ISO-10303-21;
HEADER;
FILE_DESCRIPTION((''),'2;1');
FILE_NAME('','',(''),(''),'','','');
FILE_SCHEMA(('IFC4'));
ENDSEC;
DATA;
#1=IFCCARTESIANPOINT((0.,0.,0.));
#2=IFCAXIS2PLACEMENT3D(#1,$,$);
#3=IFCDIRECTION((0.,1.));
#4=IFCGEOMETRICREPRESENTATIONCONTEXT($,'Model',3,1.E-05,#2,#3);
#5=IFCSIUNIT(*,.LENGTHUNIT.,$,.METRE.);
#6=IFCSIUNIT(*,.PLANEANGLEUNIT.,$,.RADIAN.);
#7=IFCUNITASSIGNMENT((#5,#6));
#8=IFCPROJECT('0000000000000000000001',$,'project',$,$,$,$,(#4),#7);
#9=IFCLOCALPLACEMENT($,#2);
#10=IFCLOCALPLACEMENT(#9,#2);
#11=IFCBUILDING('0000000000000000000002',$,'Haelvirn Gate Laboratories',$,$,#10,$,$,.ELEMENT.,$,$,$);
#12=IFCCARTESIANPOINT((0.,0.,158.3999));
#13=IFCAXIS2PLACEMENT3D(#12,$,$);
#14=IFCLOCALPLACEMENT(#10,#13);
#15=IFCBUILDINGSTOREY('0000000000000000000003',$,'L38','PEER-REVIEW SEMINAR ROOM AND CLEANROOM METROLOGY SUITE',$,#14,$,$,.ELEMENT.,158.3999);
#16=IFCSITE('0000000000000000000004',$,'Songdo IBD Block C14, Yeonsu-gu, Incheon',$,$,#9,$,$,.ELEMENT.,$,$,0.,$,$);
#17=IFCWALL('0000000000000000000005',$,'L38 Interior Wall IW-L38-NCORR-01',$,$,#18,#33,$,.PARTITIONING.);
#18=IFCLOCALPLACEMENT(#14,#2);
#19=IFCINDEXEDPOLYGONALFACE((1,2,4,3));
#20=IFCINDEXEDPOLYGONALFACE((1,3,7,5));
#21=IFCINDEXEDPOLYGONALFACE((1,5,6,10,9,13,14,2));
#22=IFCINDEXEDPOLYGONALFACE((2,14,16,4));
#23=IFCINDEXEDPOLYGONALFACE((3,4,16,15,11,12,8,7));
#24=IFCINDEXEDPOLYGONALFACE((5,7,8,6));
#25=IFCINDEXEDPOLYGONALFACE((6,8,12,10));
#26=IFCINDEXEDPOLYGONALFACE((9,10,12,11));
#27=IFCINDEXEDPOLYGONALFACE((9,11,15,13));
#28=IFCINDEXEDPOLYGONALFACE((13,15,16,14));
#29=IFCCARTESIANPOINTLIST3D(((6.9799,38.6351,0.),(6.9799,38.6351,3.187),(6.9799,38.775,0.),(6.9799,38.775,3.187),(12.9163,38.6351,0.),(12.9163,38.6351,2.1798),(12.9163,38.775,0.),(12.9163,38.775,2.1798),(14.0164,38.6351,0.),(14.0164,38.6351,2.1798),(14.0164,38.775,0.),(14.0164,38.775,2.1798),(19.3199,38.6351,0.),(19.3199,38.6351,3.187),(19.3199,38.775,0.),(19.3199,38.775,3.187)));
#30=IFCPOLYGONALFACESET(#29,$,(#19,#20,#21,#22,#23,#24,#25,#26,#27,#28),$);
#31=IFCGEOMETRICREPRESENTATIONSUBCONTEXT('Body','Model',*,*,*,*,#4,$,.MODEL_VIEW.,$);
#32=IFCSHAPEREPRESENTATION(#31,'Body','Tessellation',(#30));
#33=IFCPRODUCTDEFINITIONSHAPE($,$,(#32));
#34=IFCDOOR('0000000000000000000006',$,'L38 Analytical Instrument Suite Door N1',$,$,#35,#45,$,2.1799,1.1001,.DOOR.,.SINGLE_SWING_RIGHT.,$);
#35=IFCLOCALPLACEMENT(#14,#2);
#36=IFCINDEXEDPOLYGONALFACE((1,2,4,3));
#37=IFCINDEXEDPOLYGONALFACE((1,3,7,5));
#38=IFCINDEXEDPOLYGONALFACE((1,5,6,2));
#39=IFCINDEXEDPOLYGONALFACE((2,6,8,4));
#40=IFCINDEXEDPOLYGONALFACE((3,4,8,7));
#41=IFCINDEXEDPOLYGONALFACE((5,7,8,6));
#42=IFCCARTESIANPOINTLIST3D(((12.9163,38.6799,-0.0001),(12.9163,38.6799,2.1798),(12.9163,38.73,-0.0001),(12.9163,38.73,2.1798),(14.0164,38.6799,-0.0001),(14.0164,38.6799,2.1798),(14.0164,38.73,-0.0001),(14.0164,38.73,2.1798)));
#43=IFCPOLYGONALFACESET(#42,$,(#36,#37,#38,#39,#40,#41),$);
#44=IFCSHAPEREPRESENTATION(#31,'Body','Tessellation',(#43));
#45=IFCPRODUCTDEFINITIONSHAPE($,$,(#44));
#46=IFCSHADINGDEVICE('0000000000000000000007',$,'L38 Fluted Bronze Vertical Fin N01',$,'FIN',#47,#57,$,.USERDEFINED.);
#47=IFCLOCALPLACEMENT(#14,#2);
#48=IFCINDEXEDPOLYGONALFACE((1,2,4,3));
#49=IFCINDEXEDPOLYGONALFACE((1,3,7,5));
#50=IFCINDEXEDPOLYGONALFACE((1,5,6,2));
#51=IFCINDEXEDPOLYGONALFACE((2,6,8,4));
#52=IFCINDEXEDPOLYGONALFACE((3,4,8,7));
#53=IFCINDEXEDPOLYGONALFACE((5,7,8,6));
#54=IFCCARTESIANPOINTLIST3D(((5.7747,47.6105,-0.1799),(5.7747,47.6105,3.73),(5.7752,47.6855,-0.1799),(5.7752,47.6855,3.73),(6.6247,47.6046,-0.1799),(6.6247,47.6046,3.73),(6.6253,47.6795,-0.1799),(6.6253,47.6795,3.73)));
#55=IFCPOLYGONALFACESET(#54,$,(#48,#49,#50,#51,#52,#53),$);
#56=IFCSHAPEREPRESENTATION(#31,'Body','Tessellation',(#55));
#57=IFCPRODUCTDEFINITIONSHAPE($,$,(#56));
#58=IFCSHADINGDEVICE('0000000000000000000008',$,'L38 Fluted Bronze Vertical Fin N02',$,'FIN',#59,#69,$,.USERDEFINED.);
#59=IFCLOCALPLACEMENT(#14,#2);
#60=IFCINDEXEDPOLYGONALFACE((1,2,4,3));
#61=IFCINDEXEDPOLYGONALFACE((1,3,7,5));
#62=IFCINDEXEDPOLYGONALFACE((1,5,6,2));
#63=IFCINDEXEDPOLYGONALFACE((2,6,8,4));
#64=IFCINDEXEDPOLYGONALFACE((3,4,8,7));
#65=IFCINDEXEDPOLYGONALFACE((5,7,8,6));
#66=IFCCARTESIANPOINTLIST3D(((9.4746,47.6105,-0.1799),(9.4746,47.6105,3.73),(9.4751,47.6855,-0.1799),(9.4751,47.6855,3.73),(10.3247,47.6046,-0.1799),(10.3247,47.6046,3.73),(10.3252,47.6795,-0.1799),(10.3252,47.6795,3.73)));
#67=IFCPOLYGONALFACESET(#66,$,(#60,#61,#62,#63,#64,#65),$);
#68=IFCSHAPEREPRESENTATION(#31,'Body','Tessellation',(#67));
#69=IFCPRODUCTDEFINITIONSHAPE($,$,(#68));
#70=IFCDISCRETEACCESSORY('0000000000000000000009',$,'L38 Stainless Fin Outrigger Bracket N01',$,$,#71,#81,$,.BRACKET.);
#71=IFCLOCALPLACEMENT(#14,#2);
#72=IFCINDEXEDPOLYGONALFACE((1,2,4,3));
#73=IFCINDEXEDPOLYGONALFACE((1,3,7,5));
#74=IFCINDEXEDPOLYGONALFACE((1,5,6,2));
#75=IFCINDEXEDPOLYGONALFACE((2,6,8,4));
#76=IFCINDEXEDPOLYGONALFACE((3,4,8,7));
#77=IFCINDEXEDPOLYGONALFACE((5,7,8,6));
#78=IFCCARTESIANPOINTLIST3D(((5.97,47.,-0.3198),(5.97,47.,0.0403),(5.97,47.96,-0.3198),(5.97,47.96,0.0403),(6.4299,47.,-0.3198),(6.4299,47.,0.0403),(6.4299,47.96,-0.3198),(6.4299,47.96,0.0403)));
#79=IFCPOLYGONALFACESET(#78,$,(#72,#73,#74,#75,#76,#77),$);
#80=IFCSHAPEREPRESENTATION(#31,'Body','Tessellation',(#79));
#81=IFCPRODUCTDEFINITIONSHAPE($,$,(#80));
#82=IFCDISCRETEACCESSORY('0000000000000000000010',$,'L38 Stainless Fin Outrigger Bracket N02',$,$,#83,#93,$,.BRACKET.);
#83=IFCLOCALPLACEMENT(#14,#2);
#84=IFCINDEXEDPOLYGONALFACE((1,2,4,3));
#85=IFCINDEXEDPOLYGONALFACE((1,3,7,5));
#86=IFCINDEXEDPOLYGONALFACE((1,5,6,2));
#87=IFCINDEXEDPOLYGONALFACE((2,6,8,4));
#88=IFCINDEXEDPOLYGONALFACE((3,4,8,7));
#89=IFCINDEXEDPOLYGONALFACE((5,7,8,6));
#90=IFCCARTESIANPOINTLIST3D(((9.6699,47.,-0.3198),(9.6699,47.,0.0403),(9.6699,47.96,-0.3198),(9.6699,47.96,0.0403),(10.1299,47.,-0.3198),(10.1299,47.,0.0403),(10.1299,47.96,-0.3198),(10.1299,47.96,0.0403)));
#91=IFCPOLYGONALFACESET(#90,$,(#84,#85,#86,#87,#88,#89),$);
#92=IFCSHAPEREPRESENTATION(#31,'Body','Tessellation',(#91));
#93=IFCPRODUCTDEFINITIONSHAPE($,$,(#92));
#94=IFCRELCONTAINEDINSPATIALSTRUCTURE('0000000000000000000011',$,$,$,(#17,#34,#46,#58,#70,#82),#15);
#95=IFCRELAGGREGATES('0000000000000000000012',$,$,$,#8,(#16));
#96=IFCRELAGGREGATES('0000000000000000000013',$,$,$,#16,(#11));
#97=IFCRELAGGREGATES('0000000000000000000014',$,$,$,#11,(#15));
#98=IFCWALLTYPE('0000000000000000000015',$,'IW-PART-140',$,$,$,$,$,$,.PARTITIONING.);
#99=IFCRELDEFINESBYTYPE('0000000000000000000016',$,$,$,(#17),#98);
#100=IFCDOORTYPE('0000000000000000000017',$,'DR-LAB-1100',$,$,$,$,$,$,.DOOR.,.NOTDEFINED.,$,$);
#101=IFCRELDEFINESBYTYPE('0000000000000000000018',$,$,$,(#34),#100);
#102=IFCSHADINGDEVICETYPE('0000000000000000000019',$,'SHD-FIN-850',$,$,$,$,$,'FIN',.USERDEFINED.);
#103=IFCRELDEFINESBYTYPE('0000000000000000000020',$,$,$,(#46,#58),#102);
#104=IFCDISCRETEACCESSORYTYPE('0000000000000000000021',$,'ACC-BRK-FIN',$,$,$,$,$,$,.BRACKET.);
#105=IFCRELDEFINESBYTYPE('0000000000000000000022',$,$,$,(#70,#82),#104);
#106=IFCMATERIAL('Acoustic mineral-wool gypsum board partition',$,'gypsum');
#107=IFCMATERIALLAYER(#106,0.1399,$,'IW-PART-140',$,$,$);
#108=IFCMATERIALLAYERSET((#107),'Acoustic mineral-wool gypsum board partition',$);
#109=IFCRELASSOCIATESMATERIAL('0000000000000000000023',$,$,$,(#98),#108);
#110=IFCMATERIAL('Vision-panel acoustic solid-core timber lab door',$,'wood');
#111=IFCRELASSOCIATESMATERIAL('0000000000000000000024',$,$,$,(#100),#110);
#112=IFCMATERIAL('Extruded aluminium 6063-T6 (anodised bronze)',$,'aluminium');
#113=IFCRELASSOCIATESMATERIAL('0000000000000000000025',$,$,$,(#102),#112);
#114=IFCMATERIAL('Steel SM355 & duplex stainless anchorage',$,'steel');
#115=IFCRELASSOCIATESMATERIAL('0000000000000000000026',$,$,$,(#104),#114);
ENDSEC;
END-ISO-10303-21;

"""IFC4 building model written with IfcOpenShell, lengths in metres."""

from ifc_helpers import new_model, si_unit, direction, frame, frame_2d, origin, origin_2d, place, context, subcontext, project, spatial, rectangle, extrude, source, transform, mapped, material, layer, layer_set, material_profile, profile_set, type_object, type_shapes, element, fill, save


model = new_model("IFC4")

# Units and contexts
model_context = context("Model", 3, precision=1e-05, world=origin(), true_north=direction((0.0, 1.0)))
body_context = subcontext(model_context, "Body", "Model", "MODEL_VIEW")
ifc_project = project(units=[si_unit("LENGTHUNIT", "METRE"), si_unit("PLANEANGLEUNIT", "RADIAN")], contexts=[model_context])

# Site, building, storey
site_placement = place(None, origin())
site = spatial("IfcSite", under=ifc_project, at=site_placement, Name="Songdo IBD Block C14, Yeonsu-gu, Incheon", CompositionType="ELEMENT", RefElevation=0.0)
building_placement = place(site_placement, origin())
building = spatial("IfcBuilding", under=site, at=building_placement, Name="Haelvirn Gate Laboratories", CompositionType="ELEMENT")
storey_placement = place(building_placement, frame((0.0, 0.0, 158.3999)))
storey = spatial("IfcBuildingStorey", under=building, at=storey_placement, Name="L38", Description="PEER-REVIEW SEMINAR ROOM AND CLEANROOM METROLOGY SUITE", CompositionType="ELEMENT", Elevation=158.3999)

# Shared definitions
ifc_material_1 = material(Name="Extruded aluminium 6063-T6 (anodised bronze)", Category="aluminium")

# Wall, opening, door
ifc_material_2 = material(Name="Acoustic mineral-wool gypsum board partition", Category="gypsum")
ifc_layer_1 = layer(ifc_material_2, 0.1399, Name="IW-PART-140")
ifc_layer_set_1 = layer_set([ifc_layer_1], Name="Acoustic mineral-wool gypsum board partition")
wall_type_1 = type_object("IfcWallType", Name="IW-PART-140", PredefinedType="PARTITIONING", material=ifc_layer_set_1)
wall_1_placement = place(storey_placement, frame((6.98, 38.7051, 0.0), z_axis=(0.0, 0.0, 1.0), x_axis=(1.0, 0.0, 0.0)))
wall_1 = element("IfcWall", 1, at=wall_1_placement, inside=storey, type_object=wall_type_1, Name="L38 Interior Wall IW-L38-NCORR-01", PredefinedType="PARTITIONING", context=body_context, shape_type="SweptSolid", body=[
    extrude(rectangle(XDim=12.3401, YDim=0.1399, at=frame_2d((6.1699, 0.0))), origin(), (0.0, 0.0, 1.0), 3.187),
])
opening_placement = place(wall_1_placement, frame((5.9363, 0.0, 0.0)))
opening = element("IfcOpeningElement", 2, at=opening_placement, cuts=wall_1, PredefinedType="OPENING", context=body_context, shape_type="SweptSolid", body=[
    extrude(rectangle(XDim=1.1001, YDim=2.1799, at=frame_2d((0.55, 1.0898))), frame((0.0, 0.0801, 0.0), z_axis=(0.0, -1.0, 0.0), x_axis=(1.0, 0.0, 0.0)), (0.0, 0.0, 1.0), 0.1599),
])
ifc_material_3 = material(Name="Vision-panel acoustic solid-core timber lab door", Category="wood")
door_type = type_object("IfcDoorType", Name="DR-LAB-1100", OperationType="NOTDEFINED", PredefinedType="DOOR", material=ifc_material_3)
shared_shape_1 = source(origin(), body_context, "Body", "SweptSolid", [
    extrude(rectangle(XDim=1.1001, YDim=2.1799, at=frame_2d((0.55, 1.0898))), frame((0.0, 0.0249, 0.0), z_axis=(0.0, -1.0, 0.0), x_axis=(1.0, 0.0, 0.0)), (0.0, 0.0, 1.0), 0.05),
])
type_shapes(door_type, [shared_shape_1])
door_placement = place(opening_placement, origin())
door = element("IfcDoor", 3, at=door_placement, inside=storey, type_object=door_type, Name="L38 Analytical Instrument Suite Door N1", OperationType="SINGLE_SWING_RIGHT", OverallHeight=2.1799, OverallWidth=1.1001, PredefinedType="DOOR", context=body_context, shape_type="MappedRepresentation", body=[
    mapped(shared_shape_1, transform((0.0, 0.0, 0.0), scale=1.0)),
])
fill(opening, door)

# Shading devices
ifc_material_profile_1 = material_profile(ifc_material_1, rectangle(XDim=0.075, YDim=0.8501, at=origin_2d()), Name="FIN-850x75")
ifc_profile_set_1 = profile_set([ifc_material_profile_1], Name="Extruded aluminium 6063-T6 (anodised bronze)")
shading_device_type = type_object("IfcShadingDeviceType", Name="SHD-FIN-850", ElementType="FIN", PredefinedType="USERDEFINED", material=ifc_profile_set_1)
shared_shape_2 = source(origin(), body_context, "Body", "SweptSolid", [
    extrude(rectangle(XDim=0.075, YDim=0.8501, at=origin_2d()), origin(), (0.0, 0.0, 1.0), 3.9099),
])
type_shapes(shading_device_type, [shared_shape_2])
for number, where, z_axis, x_axis, name in (
    (4, (6.2, 47.645, -0.1799), (0.0, 0.0, 1.0), (0.006981, 0.999976, 0.0), "L38 Fluted Bronze Vertical Fin N01"),
    (5, (9.8999, 47.645, -0.1799), (0.0, 0.0, 1.0), (0.006981, 0.999976, 0.0), "L38 Fluted Bronze Vertical Fin N02"),
):
    element("IfcShadingDevice", number, at=place(storey_placement, frame(where, z_axis=z_axis, x_axis=x_axis)), inside=storey, type_object=shading_device_type, Name=name, ObjectType="FIN", PredefinedType="USERDEFINED", context=body_context, shape_type="MappedRepresentation", body=[
        mapped(shared_shape_2, transform((0.0, 0.0, 0.0), scale=1.0)),
    ])

# Discrete accessories
ifc_material_4 = material(Name="Steel SM355 & duplex stainless anchorage", Category="steel")
discrete_accessory_type = type_object("IfcDiscreteAccessoryType", Name="ACC-BRK-FIN", PredefinedType="BRACKET", material=ifc_material_4)
shared_shape_3 = source(origin(), body_context, "Body", "SweptSolid", [
    extrude(rectangle(XDim=0.46, YDim=0.96, at=origin_2d()), origin(), (0.0, 0.0, 1.0), 0.3601),
])
type_shapes(discrete_accessory_type, [shared_shape_3])
for number, where, z_axis, x_axis, name in (
    (6, (6.2, 47.48, -0.3198), (0.0, 0.0, 1.0), (1.0, 0.0, 0.0), "L38 Stainless Fin Outrigger Bracket N01"),
    (7, (9.8999, 47.48, -0.3198), (0.0, 0.0, 1.0), (1.0, 0.0, 0.0), "L38 Stainless Fin Outrigger Bracket N02"),
):
    element("IfcDiscreteAccessory", number, at=place(storey_placement, frame(where, z_axis=z_axis, x_axis=x_axis)), inside=storey, type_object=discrete_accessory_type, Name=name, PredefinedType="BRACKET", context=body_context, shape_type="MappedRepresentation", body=[
        mapped(shared_shape_3, transform((0.0, 0.0, 0.0), scale=1.0)),
    ])

save(model, "model.ifc")
